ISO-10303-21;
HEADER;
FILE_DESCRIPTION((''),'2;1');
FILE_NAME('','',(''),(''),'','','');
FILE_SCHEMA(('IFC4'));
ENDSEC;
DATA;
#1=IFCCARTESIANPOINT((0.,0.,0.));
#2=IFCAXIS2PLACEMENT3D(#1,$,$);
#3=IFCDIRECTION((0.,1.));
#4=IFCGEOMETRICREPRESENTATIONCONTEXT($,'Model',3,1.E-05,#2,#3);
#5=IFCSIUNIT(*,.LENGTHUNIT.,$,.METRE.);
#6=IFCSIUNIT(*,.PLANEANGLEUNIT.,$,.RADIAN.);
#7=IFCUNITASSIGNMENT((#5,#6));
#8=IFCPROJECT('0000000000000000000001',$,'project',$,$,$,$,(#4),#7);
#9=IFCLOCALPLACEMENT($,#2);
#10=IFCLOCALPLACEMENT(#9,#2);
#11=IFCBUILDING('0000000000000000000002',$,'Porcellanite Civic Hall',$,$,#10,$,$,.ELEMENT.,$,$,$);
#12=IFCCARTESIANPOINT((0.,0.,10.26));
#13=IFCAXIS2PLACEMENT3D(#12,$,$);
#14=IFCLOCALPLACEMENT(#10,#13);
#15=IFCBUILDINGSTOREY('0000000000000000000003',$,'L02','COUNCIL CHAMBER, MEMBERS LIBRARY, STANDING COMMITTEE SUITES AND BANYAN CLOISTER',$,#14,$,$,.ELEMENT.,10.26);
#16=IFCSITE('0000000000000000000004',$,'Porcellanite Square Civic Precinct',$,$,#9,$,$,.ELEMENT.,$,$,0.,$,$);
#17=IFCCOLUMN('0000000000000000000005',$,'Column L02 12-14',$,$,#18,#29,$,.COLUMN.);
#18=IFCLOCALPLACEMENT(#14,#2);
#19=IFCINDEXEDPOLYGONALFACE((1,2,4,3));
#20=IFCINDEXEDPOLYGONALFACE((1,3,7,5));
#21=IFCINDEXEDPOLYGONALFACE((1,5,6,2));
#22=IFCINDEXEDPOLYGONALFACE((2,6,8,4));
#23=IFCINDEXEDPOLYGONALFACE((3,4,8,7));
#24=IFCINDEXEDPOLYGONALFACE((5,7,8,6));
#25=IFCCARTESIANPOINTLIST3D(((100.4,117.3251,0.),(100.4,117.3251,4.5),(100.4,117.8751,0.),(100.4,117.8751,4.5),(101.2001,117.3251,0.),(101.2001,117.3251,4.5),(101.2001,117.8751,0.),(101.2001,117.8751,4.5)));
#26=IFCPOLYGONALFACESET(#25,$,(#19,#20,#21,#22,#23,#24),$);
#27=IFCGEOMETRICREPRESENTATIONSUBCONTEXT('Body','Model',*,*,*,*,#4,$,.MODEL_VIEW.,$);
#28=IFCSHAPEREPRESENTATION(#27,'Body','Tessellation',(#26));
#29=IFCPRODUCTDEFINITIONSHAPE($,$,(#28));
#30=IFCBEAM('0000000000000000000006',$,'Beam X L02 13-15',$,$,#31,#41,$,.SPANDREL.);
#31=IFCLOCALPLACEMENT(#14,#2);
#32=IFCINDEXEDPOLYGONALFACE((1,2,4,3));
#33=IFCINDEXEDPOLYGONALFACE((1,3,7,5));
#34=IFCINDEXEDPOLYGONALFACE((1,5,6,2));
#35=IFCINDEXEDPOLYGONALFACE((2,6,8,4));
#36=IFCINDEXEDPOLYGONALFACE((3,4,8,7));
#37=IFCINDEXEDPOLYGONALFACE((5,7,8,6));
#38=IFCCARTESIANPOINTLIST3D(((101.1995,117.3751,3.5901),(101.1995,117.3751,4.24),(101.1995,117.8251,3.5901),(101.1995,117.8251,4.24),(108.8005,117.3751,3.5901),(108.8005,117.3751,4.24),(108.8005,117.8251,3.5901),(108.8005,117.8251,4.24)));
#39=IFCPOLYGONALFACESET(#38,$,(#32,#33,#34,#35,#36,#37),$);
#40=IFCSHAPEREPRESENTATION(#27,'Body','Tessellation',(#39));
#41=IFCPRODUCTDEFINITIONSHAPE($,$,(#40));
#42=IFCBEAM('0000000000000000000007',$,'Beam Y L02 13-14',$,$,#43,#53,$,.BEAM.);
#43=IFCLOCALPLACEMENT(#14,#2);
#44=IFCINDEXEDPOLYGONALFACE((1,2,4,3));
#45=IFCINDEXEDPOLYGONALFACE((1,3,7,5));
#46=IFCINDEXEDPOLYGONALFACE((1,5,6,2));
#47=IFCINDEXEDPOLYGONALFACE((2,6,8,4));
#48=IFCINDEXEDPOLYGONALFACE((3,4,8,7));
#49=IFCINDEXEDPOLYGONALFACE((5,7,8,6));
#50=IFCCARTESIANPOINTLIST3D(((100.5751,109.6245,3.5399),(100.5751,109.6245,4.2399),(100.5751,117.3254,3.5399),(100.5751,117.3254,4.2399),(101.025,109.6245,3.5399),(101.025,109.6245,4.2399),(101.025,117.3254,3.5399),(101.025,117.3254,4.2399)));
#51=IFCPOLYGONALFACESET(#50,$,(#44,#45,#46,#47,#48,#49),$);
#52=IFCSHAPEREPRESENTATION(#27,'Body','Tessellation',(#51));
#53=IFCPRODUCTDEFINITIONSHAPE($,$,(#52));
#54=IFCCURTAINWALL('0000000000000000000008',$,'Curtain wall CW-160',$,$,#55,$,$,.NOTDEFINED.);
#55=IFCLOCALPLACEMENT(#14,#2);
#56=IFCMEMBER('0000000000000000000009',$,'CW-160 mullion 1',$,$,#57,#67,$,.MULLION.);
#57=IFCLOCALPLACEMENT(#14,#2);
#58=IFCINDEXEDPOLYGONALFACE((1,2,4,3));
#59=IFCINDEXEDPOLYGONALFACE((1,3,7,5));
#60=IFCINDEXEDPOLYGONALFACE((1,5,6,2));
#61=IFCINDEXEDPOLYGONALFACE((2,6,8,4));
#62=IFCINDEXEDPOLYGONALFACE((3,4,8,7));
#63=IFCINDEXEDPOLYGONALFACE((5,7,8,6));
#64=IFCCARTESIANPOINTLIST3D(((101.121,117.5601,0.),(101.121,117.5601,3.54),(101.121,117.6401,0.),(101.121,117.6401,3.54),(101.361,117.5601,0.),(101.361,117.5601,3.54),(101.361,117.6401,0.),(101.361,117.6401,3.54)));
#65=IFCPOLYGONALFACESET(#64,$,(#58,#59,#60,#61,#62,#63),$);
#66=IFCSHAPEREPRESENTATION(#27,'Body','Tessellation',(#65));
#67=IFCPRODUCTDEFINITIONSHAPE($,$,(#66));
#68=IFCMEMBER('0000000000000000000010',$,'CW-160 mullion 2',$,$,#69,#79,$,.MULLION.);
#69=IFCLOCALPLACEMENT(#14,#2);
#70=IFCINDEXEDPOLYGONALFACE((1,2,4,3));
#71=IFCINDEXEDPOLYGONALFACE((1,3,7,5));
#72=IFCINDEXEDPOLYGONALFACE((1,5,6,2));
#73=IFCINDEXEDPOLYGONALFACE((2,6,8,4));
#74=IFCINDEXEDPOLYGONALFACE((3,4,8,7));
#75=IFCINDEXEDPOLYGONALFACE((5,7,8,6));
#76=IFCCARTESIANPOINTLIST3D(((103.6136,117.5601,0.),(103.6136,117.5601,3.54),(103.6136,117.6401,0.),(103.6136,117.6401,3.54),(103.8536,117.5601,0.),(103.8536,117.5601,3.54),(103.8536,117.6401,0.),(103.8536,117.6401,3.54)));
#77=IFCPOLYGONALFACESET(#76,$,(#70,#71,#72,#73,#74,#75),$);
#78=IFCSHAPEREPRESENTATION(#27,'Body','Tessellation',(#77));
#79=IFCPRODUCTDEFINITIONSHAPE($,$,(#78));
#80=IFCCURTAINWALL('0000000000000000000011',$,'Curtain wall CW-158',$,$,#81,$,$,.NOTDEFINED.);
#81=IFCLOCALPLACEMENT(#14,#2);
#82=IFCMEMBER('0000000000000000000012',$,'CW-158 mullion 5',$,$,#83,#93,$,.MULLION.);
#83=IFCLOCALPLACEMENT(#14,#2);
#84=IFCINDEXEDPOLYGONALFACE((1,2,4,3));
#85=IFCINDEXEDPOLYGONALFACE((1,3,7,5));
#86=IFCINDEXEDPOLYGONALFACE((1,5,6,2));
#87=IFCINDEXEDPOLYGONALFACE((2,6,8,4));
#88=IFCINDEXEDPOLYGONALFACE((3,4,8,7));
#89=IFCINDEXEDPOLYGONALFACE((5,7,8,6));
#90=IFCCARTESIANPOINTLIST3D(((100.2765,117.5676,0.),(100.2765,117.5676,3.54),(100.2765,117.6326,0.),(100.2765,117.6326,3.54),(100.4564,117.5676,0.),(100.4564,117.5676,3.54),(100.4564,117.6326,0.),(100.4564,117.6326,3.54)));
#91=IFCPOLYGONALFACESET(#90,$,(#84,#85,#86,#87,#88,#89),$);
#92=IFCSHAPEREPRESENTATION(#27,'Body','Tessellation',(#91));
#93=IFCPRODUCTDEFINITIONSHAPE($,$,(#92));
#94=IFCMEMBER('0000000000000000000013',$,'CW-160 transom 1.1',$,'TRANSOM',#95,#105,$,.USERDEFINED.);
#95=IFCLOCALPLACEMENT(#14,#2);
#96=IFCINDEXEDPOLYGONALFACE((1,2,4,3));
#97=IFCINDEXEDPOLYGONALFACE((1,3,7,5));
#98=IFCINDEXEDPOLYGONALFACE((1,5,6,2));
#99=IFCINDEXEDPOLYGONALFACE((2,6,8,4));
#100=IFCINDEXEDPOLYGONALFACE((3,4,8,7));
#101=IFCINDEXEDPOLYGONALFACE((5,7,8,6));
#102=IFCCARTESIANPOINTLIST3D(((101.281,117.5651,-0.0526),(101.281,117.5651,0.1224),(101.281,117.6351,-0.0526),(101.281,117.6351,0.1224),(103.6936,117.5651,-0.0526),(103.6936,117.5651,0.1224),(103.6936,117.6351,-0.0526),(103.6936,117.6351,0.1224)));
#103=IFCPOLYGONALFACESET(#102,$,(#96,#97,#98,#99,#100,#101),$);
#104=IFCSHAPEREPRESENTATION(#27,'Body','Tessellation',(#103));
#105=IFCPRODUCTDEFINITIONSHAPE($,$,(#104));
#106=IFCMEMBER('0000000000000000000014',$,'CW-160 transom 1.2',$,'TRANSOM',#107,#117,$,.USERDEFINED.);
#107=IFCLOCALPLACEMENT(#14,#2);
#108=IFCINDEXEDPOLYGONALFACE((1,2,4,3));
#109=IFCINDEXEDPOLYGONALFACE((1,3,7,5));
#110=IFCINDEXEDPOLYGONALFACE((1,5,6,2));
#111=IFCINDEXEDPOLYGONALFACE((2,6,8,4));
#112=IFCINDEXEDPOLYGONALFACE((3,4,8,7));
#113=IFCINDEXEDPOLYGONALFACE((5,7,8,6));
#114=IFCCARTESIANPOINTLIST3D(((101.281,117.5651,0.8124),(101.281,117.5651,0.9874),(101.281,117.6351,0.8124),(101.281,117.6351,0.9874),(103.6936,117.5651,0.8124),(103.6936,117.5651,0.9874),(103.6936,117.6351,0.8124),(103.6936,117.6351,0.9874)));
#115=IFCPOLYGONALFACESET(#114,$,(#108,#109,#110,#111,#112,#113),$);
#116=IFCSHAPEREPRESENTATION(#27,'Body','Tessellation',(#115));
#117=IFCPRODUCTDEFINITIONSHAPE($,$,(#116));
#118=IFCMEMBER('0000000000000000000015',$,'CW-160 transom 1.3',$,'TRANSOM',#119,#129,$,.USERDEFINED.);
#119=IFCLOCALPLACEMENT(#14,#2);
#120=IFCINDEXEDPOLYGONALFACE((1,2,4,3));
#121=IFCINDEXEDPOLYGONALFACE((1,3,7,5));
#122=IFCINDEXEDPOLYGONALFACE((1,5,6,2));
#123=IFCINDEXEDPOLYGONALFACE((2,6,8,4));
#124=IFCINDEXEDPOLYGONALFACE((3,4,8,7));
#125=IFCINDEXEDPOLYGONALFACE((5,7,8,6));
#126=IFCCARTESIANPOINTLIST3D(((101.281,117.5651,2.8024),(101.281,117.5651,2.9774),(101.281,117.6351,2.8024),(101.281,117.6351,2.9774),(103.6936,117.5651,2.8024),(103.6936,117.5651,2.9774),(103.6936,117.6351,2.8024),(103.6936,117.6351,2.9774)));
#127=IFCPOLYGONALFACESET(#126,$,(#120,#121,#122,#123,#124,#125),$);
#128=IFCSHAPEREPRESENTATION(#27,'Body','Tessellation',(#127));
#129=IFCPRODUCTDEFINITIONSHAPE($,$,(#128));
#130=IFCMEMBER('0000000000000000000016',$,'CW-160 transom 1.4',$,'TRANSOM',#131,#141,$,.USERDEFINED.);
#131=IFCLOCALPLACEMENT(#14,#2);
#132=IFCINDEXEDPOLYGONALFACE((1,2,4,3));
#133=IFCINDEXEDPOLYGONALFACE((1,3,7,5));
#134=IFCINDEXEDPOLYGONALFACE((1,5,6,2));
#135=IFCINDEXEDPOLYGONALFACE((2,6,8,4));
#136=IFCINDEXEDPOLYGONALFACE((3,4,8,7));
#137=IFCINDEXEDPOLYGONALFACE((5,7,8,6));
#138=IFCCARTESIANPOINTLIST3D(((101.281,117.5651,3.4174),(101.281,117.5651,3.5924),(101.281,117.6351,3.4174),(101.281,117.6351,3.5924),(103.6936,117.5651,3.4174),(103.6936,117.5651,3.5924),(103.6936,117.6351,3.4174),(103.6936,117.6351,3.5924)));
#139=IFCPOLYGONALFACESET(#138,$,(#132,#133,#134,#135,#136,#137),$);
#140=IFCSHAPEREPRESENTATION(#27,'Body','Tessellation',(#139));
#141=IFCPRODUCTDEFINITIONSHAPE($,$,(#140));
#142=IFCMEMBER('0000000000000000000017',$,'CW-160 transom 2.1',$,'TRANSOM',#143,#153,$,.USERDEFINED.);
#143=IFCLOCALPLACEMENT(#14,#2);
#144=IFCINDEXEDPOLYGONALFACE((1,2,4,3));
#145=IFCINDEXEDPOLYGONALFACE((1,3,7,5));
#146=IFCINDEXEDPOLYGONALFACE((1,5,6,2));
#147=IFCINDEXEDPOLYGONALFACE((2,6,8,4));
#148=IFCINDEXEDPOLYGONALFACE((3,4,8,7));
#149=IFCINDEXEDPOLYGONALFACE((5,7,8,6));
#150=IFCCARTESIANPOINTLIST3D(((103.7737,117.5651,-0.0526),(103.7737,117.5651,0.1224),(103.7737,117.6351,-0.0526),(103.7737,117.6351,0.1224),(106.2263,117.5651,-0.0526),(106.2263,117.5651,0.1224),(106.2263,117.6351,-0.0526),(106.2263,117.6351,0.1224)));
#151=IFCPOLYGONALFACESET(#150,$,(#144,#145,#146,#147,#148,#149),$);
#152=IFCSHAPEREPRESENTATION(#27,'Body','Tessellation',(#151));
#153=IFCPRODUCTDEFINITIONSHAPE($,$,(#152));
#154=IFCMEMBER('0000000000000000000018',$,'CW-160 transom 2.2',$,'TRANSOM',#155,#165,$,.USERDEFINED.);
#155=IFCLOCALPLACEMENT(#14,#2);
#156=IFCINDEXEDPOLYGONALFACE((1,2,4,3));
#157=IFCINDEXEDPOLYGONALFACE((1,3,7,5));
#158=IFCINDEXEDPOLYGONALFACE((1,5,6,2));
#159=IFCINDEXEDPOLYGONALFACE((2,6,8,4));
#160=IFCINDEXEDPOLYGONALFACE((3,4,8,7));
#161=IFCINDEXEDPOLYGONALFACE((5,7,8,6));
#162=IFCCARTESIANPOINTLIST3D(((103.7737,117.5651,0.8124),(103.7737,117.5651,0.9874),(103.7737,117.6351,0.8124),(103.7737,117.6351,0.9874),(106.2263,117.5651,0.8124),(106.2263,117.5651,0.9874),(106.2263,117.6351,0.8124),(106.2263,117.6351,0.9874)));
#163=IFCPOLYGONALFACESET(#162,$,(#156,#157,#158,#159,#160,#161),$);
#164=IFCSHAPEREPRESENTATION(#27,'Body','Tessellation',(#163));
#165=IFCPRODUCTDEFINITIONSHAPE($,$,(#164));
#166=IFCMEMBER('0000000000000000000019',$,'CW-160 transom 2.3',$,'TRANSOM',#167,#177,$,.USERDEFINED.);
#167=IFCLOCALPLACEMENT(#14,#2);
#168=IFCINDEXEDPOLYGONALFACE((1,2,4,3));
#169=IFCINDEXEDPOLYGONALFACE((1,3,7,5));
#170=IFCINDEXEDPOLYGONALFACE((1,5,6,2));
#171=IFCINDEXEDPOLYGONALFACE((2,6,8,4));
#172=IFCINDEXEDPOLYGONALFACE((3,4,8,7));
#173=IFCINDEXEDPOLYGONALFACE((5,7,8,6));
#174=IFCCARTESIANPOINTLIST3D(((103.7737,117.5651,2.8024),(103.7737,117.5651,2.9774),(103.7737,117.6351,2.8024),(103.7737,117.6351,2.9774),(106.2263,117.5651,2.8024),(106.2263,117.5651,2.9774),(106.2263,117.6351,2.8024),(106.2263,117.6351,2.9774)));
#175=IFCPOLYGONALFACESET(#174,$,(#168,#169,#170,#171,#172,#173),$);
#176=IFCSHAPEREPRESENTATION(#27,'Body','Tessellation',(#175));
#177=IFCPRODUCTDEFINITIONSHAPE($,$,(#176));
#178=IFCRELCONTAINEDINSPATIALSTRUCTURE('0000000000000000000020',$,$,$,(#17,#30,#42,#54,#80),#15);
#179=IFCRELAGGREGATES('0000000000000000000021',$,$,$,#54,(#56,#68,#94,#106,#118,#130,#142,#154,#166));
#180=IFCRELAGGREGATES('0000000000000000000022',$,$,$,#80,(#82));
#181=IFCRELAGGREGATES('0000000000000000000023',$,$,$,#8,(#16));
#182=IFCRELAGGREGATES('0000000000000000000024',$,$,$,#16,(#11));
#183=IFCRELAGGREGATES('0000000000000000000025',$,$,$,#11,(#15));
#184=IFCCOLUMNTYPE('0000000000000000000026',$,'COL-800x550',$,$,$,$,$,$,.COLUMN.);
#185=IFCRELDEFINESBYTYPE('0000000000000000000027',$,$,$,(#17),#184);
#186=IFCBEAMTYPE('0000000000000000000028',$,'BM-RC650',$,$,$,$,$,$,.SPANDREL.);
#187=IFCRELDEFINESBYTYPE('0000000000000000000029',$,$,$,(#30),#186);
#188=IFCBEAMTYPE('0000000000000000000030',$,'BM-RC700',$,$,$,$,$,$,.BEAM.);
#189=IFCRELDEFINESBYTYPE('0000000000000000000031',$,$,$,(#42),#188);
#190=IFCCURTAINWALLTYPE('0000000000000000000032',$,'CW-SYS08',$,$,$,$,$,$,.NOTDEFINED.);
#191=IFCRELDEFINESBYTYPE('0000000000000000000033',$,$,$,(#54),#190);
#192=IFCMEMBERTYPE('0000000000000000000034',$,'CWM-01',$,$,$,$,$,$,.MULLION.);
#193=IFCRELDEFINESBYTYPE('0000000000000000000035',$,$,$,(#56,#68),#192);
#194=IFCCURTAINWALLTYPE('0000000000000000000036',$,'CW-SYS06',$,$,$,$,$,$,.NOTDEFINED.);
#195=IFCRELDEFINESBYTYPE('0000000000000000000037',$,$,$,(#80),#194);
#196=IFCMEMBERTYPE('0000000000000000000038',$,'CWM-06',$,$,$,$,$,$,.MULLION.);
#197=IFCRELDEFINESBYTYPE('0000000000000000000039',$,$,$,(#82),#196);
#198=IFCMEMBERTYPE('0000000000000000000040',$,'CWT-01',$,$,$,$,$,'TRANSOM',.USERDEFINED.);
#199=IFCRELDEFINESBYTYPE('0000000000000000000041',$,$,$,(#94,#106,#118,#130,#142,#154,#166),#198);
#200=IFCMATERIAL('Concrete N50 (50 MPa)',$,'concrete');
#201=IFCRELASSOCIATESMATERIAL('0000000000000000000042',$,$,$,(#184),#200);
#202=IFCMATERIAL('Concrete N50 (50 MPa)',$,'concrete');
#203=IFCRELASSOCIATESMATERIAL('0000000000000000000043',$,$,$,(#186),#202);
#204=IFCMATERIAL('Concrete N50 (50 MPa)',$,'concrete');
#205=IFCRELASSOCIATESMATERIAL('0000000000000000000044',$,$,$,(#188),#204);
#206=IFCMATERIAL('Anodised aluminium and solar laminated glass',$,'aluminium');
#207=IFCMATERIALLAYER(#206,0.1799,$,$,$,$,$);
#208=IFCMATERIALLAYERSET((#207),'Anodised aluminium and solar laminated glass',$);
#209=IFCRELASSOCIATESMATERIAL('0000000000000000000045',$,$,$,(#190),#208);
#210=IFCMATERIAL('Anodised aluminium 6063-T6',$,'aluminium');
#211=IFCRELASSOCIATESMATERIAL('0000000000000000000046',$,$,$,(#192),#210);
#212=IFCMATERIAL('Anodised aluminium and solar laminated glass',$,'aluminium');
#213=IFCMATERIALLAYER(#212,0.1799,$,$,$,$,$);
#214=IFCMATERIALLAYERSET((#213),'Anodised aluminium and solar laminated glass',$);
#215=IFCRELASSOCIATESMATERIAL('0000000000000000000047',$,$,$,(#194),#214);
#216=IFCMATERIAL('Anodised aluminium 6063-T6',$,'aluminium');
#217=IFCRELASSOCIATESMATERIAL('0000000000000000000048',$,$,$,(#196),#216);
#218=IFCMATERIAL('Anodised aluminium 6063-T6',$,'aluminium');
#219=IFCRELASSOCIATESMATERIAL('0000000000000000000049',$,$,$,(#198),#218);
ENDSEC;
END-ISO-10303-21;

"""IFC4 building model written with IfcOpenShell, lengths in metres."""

from ifc_helpers import new_model, si_unit, direction, frame, origin, origin_2d, place, context, subcontext, project, spatial, rectangle, extrude, material, layer, layer_set, material_profile, profile_set, type_object, element, aggregate, save


model = new_model("IFC4")

# Units and contexts
model_context = context("Model", 3, precision=1e-05, world=origin(), true_north=direction((0.0, 1.0)))
body_context = subcontext(model_context, "Body", "Model", "MODEL_VIEW")
ifc_project = project(units=[si_unit("LENGTHUNIT", "METRE"), si_unit("PLANEANGLEUNIT", "RADIAN")], contexts=[model_context])

# Site, building, storey
site_placement = place(None, origin())
site = spatial("IfcSite", under=ifc_project, at=site_placement, Name="Porcellanite Square Civic Precinct", CompositionType="ELEMENT", RefElevation=0.0)
building_placement = place(site_placement, origin())
building = spatial("IfcBuilding", under=site, at=building_placement, Name="Porcellanite Civic Hall", CompositionType="ELEMENT")
storey_placement = place(building_placement, frame((0.0, 0.0, 10.26)))
storey = spatial("IfcBuildingStorey", under=building, at=storey_placement, Name="L02", Description="COUNCIL CHAMBER, MEMBERS LIBRARY, STANDING COMMITTEE SUITES AND BANYAN CLOISTER", CompositionType="ELEMENT", Elevation=10.26)

# Column
ifc_material_1 = material(Name="Concrete N50 (50 MPa)", Category="concrete")
ifc_material_profile_1 = material_profile(ifc_material_1, rectangle(XDim=0.8, YDim=0.55, at=origin_2d()), Name="RC-800x550")
ifc_profile_set_1 = profile_set([ifc_material_profile_1], Name="Concrete N50 (50 MPa)")
column_type = type_object("IfcColumnType", Name="COL-800x550", PredefinedType="COLUMN", material=ifc_profile_set_1)
column_placement = place(storey_placement, frame((100.8, 117.6001, 0.0), z_axis=(0.0, 0.0, 1.0), x_axis=(1.0, 0.0, 0.0)))
element("IfcColumn", 1, at=column_placement, inside=storey, type_object=column_type, Name="Column L02 12-14", PredefinedType="COLUMN", context=body_context, shape_type="SweptSolid", body=[
    extrude(rectangle(XDim=0.8, YDim=0.55, at=origin_2d()), origin(), (0.0, 0.0, 1.0), 4.5),
])

# Beams
ifc_material_2 = material(Name="Concrete N50 (50 MPa)", Category="concrete")
ifc_material_profile_2 = material_profile(ifc_material_2, rectangle(XDim=0.45, YDim=0.6499, at=origin_2d()), Name="RC-450x650")
ifc_profile_set_2 = profile_set([ifc_material_profile_2], Name="Concrete N50 (50 MPa)")
beam_type_1 = type_object("IfcBeamType", Name="BM-RC650", PredefinedType="SPANDREL", material=ifc_profile_set_2)
beam_1_placement = place(storey_placement, frame((101.1995, 117.6001, 3.915), z_axis=(1.0, 0.0, 0.0), x_axis=(0.0, 1.0, 0.0)))
element("IfcBeam", 2, at=beam_1_placement, inside=storey, type_object=beam_type_1, Name="Beam X L02 13-15", PredefinedType="SPANDREL", context=body_context, shape_type="SweptSolid", body=[
    extrude(rectangle(XDim=0.45, YDim=0.6499, at=origin_2d()), origin(), (0.0, 0.0, 1.0), 7.6011),
])
ifc_material_3 = material(Name="Concrete N50 (50 MPa)", Category="concrete")
ifc_material_profile_3 = material_profile(ifc_material_3, rectangle(XDim=0.45, YDim=0.7, at=origin_2d()), Name="RC-450x700")
ifc_profile_set_3 = profile_set([ifc_material_profile_3], Name="Concrete N50 (50 MPa)")
beam_type_2 = type_object("IfcBeamType", Name="BM-RC700", PredefinedType="BEAM", material=ifc_profile_set_3)
beam_2_placement = place(storey_placement, frame((100.8, 109.6245, 3.8899), z_axis=(0.0, 1.0, 0.0), x_axis=(-1.0, 0.0, 0.0)))
element("IfcBeam", 3, at=beam_2_placement, inside=storey, type_object=beam_type_2, Name="Beam Y L02 13-14", PredefinedType="BEAM", context=body_context, shape_type="SweptSolid", body=[
    extrude(rectangle(XDim=0.45, YDim=0.7, at=origin_2d()), origin(), (0.0, 0.0, 1.0), 7.7009),
])

# Curtain wall, members
ifc_material_4 = material(Name="Anodised aluminium and solar laminated glass", Category="aluminium")
ifc_layer_1 = layer(ifc_material_4, 0.1799)
ifc_layer_set_1 = layer_set([ifc_layer_1], Name="Anodised aluminium and solar laminated glass")
curtain_wall_type_1 = type_object("IfcCurtainWallType", Name="CW-SYS08", PredefinedType="NOTDEFINED", material=ifc_layer_set_1)
curtain_wall_1_placement = place(storey_placement, origin())
curtain_wall_1 = element("IfcCurtainWall", 4, at=curtain_wall_1_placement, inside=storey, type_object=curtain_wall_type_1, Name="Curtain wall CW-160", PredefinedType="NOTDEFINED")
ifc_material_5 = material(Name="Anodised aluminium 6063-T6", Category="aluminium")
ifc_material_profile_4 = material_profile(ifc_material_5, rectangle(XDim=0.0801, YDim=0.24, at=origin_2d()), Name="AL-80x240")
ifc_profile_set_4 = profile_set([ifc_material_profile_4], Name="Anodised aluminium 6063-T6")
member_type_1 = type_object("IfcMemberType", Name="CWM-01", PredefinedType="MULLION", material=ifc_profile_set_4)
member_1_placement = place(storey_placement, frame((101.241, 117.6001, 0.0), z_axis=(0.0, 0.0, 1.0), x_axis=(0.0, 1.0, 0.0)))
member_1 = element("IfcMember", 5, at=member_1_placement, type_object=member_type_1, Name="CW-160 mullion 1", PredefinedType="MULLION", context=body_context, shape_type="SweptSolid", body=[
    extrude(rectangle(XDim=0.0801, YDim=0.24, at=origin_2d()), origin(), (0.0, 0.0, 1.0), 3.54),
])
member_2_placement = place(storey_placement, frame((103.7336, 117.6001, 0.0), z_axis=(0.0, 0.0, 1.0), x_axis=(0.0, 1.0, 0.0)))
member_2 = element("IfcMember", 6, at=member_2_placement, type_object=member_type_1, Name="CW-160 mullion 2", PredefinedType="MULLION", context=body_context, shape_type="SweptSolid", body=[
    extrude(rectangle(XDim=0.0801, YDim=0.24, at=origin_2d()), origin(), (0.0, 0.0, 1.0), 3.54),
])

# Curtain wall, member
ifc_material_6 = material(Name="Anodised aluminium and solar laminated glass", Category="aluminium")
ifc_layer_2 = layer(ifc_material_6, 0.1799)
ifc_layer_set_2 = layer_set([ifc_layer_2], Name="Anodised aluminium and solar laminated glass")
curtain_wall_type_2 = type_object("IfcCurtainWallType", Name="CW-SYS06", PredefinedType="NOTDEFINED", material=ifc_layer_set_2)
curtain_wall_2_placement = place(storey_placement, origin())
curtain_wall_2 = element("IfcCurtainWall", 7, at=curtain_wall_2_placement, inside=storey, type_object=curtain_wall_type_2, Name="Curtain wall CW-158", PredefinedType="NOTDEFINED")
ifc_material_7 = material(Name="Anodised aluminium 6063-T6", Category="aluminium")
ifc_material_profile_5 = material_profile(ifc_material_7, rectangle(XDim=0.0649, YDim=0.1799, at=origin_2d()), Name="AL-65x180")
ifc_profile_set_5 = profile_set([ifc_material_profile_5], Name="Anodised aluminium 6063-T6")
member_type_2 = type_object("IfcMemberType", Name="CWM-06", PredefinedType="MULLION", material=ifc_profile_set_5)
member_3_placement = place(storey_placement, frame((100.3665, 117.6001, 0.0), z_axis=(0.0, 0.0, 1.0), x_axis=(0.0, 1.0, 0.0)))
member_3 = element("IfcMember", 8, at=member_3_placement, type_object=member_type_2, Name="CW-158 mullion 5", PredefinedType="MULLION", context=body_context, shape_type="SweptSolid", body=[
    extrude(rectangle(XDim=0.0649, YDim=0.1799, at=origin_2d()), origin(), (0.0, 0.0, 1.0), 3.54),
])

# Members
ifc_material_8 = material(Name="Anodised aluminium 6063-T6", Category="aluminium")
ifc_material_profile_6 = material_profile(ifc_material_8, rectangle(XDim=0.0701, YDim=0.175, at=origin_2d()), Name="AL-70x175")
ifc_profile_set_6 = profile_set([ifc_material_profile_6], Name="Anodised aluminium 6063-T6")
member_type_3 = type_object("IfcMemberType", Name="CWT-01", ElementType="TRANSOM", PredefinedType="USERDEFINED", material=ifc_profile_set_6)
member_4_placement = place(storey_placement, frame((101.281, 117.6001, 0.0349), z_axis=(1.0, 0.0, 0.0), x_axis=(0.0, 1.0, 0.0)))
member_4 = element("IfcMember", 9, at=member_4_placement, type_object=member_type_3, Name="CW-160 transom 1.1", ObjectType="TRANSOM", PredefinedType="USERDEFINED", context=body_context, shape_type="SweptSolid", body=[
    extrude(rectangle(XDim=0.0701, YDim=0.175, at=origin_2d()), origin(), (0.0, 0.0, 1.0), 2.4126),
])
member_5_placement = place(storey_placement, frame((101.281, 117.6001, 0.8999), z_axis=(1.0, 0.0, 0.0), x_axis=(0.0, 1.0, 0.0)))
member_5 = element("IfcMember", 10, at=member_5_placement, type_object=member_type_3, Name="CW-160 transom 1.2", ObjectType="TRANSOM", PredefinedType="USERDEFINED", context=body_context, shape_type="SweptSolid", body=[
    extrude(rectangle(XDim=0.0701, YDim=0.175, at=origin_2d()), origin(), (0.0, 0.0, 1.0), 2.4126),
])
member_6_placement = place(storey_placement, frame((101.281, 117.6001, 2.8899), z_axis=(1.0, 0.0, 0.0), x_axis=(0.0, 1.0, 0.0)))
member_6 = element("IfcMember", 11, at=member_6_placement, type_object=member_type_3, Name="CW-160 transom 1.3", ObjectType="TRANSOM", PredefinedType="USERDEFINED", context=body_context, shape_type="SweptSolid", body=[
    extrude(rectangle(XDim=0.0701, YDim=0.175, at=origin_2d()), origin(), (0.0, 0.0, 1.0), 2.4126),
])
member_7_placement = place(storey_placement, frame((101.281, 117.6001, 3.5049), z_axis=(1.0, 0.0, 0.0), x_axis=(0.0, 1.0, 0.0)))
member_7 = element("IfcMember", 12, at=member_7_placement, type_object=member_type_3, Name="CW-160 transom 1.4", ObjectType="TRANSOM", PredefinedType="USERDEFINED", context=body_context, shape_type="SweptSolid", body=[
    extrude(rectangle(XDim=0.0701, YDim=0.175, at=origin_2d()), origin(), (0.0, 0.0, 1.0), 2.4126),
])
member_8_placement = place(storey_placement, frame((103.7737, 117.6001, 0.0349), z_axis=(1.0, 0.0, 0.0), x_axis=(0.0, 1.0, 0.0)))
member_8 = element("IfcMember", 13, at=member_8_placement, type_object=member_type_3, Name="CW-160 transom 2.1", ObjectType="TRANSOM", PredefinedType="USERDEFINED", context=body_context, shape_type="SweptSolid", body=[
    extrude(rectangle(XDim=0.0701, YDim=0.175, at=origin_2d()), origin(), (0.0, 0.0, 1.0), 2.4526),
])
member_9_placement = place(storey_placement, frame((103.7737, 117.6001, 0.8999), z_axis=(1.0, 0.0, 0.0), x_axis=(0.0, 1.0, 0.0)))
member_9 = element("IfcMember", 14, at=member_9_placement, type_object=member_type_3, Name="CW-160 transom 2.2", ObjectType="TRANSOM", PredefinedType="USERDEFINED", context=body_context, shape_type="SweptSolid", body=[
    extrude(rectangle(XDim=0.0701, YDim=0.175, at=origin_2d()), origin(), (0.0, 0.0, 1.0), 2.4526),
])
member_10_placement = place(storey_placement, frame((103.7737, 117.6001, 2.8899), z_axis=(1.0, 0.0, 0.0), x_axis=(0.0, 1.0, 0.0)))
member_10 = element("IfcMember", 15, at=member_10_placement, type_object=member_type_3, Name="CW-160 transom 2.3", ObjectType="TRANSOM", PredefinedType="USERDEFINED", context=body_context, shape_type="SweptSolid", body=[
    extrude(rectangle(XDim=0.0701, YDim=0.175, at=origin_2d()), origin(), (0.0, 0.0, 1.0), 2.4526),
])

aggregate(curtain_wall_1, [member_1, member_2, member_4, member_5, member_6, member_7, member_8, member_9, member_10])
aggregate(curtain_wall_2, [member_3])

save(model, "model.ifc")
